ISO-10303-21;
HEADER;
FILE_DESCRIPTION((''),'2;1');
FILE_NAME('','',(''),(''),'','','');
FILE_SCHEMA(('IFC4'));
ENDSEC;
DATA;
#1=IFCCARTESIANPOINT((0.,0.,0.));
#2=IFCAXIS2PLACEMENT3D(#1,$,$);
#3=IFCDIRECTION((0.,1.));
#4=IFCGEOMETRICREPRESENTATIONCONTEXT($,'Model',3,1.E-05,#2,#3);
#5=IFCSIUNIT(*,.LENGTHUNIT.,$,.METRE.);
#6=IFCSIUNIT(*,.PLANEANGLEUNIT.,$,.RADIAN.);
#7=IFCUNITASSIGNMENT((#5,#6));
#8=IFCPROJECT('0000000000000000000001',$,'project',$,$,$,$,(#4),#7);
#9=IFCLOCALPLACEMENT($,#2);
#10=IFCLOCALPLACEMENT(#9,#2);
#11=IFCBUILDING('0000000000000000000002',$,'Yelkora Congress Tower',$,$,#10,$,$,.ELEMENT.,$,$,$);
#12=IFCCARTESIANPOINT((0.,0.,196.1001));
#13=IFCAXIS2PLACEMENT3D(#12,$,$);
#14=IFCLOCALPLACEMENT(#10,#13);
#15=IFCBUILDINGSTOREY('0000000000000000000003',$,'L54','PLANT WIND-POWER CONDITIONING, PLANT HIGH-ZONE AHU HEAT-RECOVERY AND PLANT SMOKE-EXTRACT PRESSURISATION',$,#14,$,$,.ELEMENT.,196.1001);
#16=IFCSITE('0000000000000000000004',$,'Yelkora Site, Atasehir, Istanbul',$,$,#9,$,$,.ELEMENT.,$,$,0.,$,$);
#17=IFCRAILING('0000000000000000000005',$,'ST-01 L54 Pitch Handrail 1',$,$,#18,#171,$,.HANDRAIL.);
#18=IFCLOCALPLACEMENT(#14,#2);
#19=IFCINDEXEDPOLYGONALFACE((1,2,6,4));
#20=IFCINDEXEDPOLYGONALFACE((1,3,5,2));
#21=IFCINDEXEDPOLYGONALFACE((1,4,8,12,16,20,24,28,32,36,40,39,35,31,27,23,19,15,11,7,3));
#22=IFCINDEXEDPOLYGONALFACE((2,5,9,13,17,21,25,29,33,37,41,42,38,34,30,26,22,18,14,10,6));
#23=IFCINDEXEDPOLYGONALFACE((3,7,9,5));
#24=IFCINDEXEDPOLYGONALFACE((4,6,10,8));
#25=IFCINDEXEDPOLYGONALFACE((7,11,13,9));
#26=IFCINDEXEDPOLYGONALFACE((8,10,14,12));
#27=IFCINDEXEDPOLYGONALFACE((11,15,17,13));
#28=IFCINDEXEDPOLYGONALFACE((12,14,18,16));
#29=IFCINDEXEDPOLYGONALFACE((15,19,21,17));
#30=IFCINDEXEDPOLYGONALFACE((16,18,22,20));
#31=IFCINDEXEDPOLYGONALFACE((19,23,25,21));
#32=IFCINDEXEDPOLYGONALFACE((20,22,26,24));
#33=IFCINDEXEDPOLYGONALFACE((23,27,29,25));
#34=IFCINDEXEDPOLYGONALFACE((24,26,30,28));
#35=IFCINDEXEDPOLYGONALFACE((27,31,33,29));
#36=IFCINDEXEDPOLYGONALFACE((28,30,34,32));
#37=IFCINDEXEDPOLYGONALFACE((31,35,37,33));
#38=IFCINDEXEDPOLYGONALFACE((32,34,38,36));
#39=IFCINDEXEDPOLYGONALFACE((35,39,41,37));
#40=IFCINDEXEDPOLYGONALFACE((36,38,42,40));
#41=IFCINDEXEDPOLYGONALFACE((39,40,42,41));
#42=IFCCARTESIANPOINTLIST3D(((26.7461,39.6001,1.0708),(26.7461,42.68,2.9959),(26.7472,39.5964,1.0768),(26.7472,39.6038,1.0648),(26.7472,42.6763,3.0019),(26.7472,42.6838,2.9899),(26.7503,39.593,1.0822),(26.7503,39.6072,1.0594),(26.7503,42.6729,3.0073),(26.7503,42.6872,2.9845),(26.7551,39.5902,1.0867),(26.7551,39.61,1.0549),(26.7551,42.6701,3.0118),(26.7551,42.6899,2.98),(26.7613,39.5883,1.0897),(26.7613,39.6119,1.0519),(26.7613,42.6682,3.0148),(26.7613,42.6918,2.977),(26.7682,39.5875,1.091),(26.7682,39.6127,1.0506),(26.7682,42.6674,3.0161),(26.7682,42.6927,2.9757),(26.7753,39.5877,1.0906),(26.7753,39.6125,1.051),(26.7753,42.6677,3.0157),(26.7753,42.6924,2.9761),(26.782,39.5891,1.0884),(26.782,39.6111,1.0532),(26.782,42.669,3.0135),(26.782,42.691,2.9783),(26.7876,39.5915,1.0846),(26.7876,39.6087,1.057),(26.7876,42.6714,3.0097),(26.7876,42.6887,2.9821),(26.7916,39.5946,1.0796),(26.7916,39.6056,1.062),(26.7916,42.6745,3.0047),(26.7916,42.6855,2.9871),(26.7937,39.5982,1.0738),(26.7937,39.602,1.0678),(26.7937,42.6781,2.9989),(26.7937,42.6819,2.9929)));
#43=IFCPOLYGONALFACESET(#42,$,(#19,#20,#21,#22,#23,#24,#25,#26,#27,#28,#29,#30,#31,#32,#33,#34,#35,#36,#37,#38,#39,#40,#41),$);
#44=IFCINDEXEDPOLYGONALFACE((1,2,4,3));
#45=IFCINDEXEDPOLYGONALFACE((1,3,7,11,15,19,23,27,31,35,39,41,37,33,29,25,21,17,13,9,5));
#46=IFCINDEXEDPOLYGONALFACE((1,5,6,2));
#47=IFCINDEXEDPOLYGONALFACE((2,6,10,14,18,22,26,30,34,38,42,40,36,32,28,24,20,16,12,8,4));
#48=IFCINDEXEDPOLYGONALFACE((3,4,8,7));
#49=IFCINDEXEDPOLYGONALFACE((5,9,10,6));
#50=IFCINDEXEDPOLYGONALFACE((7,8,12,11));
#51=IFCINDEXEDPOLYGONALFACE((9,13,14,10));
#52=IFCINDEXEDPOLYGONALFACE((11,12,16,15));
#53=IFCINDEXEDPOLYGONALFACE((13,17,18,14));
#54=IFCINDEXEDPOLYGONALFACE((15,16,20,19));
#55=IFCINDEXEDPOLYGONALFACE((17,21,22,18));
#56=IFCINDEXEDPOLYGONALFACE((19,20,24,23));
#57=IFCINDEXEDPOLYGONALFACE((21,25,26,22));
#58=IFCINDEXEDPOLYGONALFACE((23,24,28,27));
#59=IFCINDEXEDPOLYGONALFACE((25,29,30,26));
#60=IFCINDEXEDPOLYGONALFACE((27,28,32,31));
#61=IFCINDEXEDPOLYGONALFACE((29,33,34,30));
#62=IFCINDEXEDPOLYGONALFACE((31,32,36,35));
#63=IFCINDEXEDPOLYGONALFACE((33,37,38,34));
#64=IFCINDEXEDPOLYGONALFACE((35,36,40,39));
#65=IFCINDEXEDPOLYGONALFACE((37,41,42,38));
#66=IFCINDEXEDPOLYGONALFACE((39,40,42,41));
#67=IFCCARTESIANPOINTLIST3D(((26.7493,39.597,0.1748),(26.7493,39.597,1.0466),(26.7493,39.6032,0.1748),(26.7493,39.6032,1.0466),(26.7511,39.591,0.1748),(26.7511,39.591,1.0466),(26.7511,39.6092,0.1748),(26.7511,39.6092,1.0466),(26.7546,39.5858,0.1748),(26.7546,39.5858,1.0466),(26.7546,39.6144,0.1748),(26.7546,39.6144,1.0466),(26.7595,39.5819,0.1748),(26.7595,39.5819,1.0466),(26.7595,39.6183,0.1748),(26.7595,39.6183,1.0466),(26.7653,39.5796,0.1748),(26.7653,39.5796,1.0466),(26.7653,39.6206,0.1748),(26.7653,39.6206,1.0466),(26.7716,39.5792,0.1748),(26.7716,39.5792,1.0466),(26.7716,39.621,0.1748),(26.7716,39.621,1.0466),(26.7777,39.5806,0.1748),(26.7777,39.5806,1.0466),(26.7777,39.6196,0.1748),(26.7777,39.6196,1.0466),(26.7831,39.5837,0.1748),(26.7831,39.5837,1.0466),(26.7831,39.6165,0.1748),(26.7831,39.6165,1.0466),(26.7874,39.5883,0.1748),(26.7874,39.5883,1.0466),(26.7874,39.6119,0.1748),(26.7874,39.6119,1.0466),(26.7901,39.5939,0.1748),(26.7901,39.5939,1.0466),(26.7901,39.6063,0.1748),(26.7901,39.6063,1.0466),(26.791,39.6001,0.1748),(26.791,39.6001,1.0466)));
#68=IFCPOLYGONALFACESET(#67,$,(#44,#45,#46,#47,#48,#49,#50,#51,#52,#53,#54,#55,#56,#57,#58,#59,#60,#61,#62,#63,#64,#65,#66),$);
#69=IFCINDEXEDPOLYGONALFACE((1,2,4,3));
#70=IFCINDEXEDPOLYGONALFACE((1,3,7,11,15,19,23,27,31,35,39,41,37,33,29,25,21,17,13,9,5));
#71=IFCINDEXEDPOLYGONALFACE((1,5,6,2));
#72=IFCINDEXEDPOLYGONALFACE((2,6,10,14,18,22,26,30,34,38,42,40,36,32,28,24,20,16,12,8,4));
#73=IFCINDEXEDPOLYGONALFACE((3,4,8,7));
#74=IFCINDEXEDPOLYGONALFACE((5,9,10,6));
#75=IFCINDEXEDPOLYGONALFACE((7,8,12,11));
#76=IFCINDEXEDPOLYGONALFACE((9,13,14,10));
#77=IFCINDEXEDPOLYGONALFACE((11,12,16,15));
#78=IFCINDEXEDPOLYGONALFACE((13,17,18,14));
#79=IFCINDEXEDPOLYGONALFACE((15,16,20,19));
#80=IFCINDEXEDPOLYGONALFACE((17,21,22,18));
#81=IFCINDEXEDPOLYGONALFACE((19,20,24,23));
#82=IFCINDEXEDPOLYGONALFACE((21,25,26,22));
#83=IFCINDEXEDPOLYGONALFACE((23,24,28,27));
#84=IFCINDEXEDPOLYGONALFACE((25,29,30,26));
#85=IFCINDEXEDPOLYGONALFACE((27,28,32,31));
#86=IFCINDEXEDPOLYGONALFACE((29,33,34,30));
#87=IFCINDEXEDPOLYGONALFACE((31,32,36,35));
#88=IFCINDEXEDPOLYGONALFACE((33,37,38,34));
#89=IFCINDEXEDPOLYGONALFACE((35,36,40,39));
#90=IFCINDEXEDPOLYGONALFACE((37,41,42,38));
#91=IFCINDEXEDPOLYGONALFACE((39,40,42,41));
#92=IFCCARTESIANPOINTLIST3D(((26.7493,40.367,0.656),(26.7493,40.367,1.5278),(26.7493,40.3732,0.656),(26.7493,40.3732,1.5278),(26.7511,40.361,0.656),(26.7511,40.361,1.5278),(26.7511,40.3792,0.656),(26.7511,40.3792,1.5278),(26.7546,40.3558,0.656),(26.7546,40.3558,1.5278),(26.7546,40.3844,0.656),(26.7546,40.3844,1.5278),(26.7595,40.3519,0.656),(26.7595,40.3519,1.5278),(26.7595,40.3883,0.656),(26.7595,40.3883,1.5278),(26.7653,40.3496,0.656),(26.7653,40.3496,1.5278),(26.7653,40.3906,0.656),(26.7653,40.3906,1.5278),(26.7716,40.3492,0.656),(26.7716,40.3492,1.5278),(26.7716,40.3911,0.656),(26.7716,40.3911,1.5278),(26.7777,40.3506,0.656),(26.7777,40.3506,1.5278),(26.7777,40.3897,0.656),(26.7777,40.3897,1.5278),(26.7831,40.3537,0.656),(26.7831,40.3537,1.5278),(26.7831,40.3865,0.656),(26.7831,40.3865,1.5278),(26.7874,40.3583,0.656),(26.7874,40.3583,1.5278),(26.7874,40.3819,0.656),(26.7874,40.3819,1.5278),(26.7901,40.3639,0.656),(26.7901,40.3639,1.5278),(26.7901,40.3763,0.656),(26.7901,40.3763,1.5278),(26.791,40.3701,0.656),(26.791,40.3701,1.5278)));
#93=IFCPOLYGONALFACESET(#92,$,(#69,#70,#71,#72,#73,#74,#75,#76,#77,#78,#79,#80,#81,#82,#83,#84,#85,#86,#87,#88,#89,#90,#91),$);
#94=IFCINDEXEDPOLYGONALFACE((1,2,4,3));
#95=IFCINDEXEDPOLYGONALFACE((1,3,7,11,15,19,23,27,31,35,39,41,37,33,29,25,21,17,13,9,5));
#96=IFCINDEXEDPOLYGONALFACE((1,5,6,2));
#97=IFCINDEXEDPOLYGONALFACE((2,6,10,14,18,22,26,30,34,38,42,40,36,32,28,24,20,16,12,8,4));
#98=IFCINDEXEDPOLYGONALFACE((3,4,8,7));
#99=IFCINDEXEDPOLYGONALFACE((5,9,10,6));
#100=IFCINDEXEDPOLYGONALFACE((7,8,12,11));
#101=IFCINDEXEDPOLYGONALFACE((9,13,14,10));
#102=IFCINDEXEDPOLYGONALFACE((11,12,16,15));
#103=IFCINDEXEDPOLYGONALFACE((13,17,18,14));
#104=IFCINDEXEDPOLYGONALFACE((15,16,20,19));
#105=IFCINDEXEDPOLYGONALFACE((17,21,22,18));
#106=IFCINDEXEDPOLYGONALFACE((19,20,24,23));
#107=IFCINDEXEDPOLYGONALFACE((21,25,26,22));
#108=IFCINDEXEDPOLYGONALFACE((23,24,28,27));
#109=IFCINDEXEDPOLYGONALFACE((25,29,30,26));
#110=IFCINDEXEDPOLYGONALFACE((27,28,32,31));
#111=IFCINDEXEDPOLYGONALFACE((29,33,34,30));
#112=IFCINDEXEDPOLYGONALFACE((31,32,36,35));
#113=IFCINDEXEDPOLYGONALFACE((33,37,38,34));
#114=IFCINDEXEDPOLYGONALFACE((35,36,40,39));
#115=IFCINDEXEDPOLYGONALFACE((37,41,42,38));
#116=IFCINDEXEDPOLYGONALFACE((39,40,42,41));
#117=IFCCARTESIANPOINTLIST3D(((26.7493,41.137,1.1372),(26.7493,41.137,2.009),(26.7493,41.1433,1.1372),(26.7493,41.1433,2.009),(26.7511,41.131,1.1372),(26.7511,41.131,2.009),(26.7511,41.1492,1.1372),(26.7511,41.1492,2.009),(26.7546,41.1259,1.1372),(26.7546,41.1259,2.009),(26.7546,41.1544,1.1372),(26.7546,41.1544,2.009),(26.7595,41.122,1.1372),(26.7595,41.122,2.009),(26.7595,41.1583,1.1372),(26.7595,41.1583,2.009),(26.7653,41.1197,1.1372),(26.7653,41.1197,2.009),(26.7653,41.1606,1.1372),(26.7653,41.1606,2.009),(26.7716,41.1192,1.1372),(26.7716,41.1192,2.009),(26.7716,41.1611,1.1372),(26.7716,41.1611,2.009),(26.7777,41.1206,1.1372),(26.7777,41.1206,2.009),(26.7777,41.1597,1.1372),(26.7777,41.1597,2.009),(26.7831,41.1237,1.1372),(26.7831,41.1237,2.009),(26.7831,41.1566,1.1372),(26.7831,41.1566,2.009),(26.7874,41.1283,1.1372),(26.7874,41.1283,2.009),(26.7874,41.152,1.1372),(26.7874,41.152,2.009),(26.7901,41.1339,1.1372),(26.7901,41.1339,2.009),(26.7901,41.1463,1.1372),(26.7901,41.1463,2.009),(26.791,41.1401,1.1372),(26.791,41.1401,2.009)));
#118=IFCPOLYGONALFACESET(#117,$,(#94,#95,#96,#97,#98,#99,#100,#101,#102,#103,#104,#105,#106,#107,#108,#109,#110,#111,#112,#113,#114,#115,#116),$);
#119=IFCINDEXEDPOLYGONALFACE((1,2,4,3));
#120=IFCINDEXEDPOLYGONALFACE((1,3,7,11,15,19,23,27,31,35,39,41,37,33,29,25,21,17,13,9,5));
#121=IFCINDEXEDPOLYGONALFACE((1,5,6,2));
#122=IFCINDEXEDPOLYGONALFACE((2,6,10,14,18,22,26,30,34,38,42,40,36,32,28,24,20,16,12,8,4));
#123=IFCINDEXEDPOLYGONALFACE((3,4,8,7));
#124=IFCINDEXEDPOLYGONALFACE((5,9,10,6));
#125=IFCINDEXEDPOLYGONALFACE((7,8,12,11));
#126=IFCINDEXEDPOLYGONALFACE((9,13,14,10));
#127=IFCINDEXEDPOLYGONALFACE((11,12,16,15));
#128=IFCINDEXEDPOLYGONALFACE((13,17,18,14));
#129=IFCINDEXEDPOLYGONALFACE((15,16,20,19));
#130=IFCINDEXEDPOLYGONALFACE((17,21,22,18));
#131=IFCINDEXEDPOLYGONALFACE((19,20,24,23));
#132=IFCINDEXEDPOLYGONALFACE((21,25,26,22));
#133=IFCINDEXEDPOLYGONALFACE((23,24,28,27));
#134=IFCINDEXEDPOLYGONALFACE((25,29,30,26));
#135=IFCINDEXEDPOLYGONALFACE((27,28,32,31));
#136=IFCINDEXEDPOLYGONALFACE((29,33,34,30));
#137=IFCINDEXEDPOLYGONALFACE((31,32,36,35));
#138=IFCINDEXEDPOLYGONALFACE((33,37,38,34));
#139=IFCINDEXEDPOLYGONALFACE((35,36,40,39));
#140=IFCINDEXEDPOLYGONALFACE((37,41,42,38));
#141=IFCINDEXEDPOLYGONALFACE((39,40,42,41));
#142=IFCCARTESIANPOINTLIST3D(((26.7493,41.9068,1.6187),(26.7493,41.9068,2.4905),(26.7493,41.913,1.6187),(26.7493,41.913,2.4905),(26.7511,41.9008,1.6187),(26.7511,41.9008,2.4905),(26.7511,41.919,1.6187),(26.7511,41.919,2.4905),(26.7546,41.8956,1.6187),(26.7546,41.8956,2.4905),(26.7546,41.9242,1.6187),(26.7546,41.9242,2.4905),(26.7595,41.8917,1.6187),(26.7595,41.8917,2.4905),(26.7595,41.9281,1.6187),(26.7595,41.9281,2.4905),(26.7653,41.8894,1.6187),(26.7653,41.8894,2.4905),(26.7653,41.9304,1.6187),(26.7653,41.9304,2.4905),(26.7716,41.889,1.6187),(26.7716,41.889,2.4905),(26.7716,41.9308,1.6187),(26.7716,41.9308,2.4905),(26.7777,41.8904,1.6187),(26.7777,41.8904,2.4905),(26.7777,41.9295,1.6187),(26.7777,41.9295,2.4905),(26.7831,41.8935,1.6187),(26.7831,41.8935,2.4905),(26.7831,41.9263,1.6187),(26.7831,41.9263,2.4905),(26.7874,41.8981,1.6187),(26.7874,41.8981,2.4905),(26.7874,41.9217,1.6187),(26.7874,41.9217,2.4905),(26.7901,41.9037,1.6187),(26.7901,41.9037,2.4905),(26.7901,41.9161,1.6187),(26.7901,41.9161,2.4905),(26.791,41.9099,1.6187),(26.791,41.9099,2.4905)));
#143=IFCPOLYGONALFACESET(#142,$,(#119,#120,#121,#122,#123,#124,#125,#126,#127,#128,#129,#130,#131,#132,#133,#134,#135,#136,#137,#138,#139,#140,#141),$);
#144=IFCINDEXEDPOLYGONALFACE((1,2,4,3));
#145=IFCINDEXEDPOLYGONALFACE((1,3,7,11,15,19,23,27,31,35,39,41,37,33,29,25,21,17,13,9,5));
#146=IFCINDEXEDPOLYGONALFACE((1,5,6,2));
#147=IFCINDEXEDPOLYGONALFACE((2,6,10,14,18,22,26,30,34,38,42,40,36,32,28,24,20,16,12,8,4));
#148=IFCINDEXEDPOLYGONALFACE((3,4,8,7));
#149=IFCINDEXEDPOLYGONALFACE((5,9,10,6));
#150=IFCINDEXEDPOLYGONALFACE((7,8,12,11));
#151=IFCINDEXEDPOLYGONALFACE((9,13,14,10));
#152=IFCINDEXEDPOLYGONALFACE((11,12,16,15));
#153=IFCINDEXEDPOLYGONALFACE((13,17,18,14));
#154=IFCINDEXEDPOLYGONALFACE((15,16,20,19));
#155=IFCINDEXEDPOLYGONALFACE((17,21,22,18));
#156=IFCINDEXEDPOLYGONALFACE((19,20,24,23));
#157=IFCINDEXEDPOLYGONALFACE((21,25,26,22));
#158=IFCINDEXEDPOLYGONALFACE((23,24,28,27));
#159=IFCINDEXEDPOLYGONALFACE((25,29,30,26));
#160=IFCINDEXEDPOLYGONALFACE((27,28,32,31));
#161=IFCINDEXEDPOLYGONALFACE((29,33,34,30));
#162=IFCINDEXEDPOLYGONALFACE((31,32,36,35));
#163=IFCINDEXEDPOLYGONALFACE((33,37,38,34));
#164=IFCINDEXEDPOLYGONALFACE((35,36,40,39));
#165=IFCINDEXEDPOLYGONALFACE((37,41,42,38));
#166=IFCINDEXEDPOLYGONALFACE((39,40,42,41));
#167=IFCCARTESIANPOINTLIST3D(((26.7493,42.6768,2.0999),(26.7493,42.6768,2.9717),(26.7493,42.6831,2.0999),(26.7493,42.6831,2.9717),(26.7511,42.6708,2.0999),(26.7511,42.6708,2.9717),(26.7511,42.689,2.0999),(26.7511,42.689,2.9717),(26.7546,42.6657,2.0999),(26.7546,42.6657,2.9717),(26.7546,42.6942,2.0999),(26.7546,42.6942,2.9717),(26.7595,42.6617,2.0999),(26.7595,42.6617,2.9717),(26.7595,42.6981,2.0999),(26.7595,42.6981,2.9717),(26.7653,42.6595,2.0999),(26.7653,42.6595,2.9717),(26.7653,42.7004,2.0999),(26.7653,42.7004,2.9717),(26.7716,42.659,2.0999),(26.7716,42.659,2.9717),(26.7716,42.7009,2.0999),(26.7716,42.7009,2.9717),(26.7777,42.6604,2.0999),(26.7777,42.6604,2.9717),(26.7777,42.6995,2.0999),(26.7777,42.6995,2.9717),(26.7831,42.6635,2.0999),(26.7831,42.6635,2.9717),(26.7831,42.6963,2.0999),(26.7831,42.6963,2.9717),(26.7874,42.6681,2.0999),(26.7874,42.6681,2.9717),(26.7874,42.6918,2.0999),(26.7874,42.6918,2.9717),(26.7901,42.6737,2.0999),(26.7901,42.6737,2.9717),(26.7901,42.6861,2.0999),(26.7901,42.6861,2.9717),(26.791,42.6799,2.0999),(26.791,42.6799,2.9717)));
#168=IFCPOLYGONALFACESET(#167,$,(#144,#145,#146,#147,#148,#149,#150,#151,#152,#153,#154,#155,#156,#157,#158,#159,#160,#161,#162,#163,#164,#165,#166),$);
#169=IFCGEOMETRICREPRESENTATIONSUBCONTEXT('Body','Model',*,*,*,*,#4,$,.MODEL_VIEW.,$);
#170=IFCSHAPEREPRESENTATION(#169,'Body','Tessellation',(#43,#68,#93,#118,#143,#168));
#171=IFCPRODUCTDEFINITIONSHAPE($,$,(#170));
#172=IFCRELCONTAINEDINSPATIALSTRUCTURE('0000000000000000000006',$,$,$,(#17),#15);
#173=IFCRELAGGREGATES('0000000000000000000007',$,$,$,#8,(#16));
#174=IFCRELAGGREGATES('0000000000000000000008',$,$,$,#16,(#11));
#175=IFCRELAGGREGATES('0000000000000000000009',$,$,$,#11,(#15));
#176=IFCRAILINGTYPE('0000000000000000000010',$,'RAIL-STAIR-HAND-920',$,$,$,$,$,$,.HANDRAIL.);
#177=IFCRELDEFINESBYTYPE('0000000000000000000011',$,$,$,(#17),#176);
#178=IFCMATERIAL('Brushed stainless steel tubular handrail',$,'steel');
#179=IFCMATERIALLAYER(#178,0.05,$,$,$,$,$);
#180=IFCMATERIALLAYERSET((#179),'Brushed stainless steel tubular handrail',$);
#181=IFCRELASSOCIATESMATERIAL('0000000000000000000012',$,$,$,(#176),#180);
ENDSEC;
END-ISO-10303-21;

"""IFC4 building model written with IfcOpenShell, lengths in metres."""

from ifc_helpers import new_model, si_unit, direction, frame, origin, origin_2d, place, context, subcontext, project, spatial, circle, extrude, material, layer, layer_set, type_object, element, save


model = new_model("IFC4")

# Units and contexts
model_context = context("Model", 3, precision=1e-05, world=origin(), true_north=direction((0.0, 1.0)))
body_context = subcontext(model_context, "Body", "Model", "MODEL_VIEW")
ifc_project = project(units=[si_unit("LENGTHUNIT", "METRE"), si_unit("PLANEANGLEUNIT", "RADIAN")], contexts=[model_context])

# Site, building, storey
site_placement = place(None, origin())
site = spatial("IfcSite", under=ifc_project, at=site_placement, Name="Yelkora Site, Atasehir, Istanbul", CompositionType="ELEMENT", RefElevation=0.0)
building_placement = place(site_placement, origin())
building = spatial("IfcBuilding", under=site, at=building_placement, Name="Yelkora Congress Tower", CompositionType="ELEMENT")
storey_placement = place(building_placement, frame((0.0, 0.0, 196.1001)))
storey = spatial("IfcBuildingStorey", under=building, at=storey_placement, Name="L54", Description="PLANT WIND-POWER CONDITIONING, PLANT HIGH-ZONE AHU HEAT-RECOVERY AND PLANT SMOKE-EXTRACT PRESSURISATION", CompositionType="ELEMENT", Elevation=196.1001)

# Railing
ifc_material_1 = material(Name="Brushed stainless steel tubular handrail", Category="steel")
ifc_layer_1 = layer(ifc_material_1, 0.05)
ifc_layer_set_1 = layer_set([ifc_layer_1], Name="Brushed stainless steel tubular handrail")
railing_type_1 = type_object("IfcRailingType", Name="RAIL-STAIR-HAND-920", PredefinedType="HANDRAIL", material=ifc_layer_set_1)
railing_1_placement = place(storey_placement, frame((26.77, 39.6001, 0.1748)))
element("IfcRailing", 1, at=railing_1_placement, inside=storey, type_object=railing_type_1, Name="ST-01 L54 Pitch Handrail 1", PredefinedType="HANDRAIL", context=body_context, shape_type="SweptSolid", body=[
    extrude(circle(Radius=0.0239, at=origin_2d()), frame((0.0, 0.0, 0.896), z_axis=(0.0, 0.847979, 0.530029), x_axis=(-1.0, 0.0, 0.0)), (0.0, 0.0, 1.0), 3.6321),
    extrude(circle(Radius=0.021, at=origin_2d()), origin(), (0.0, 0.0, 1.0), 0.8718),
    extrude(circle(Radius=0.021, at=origin_2d()), frame((0.0, 0.77, 0.4812)), (0.0, 0.0, 1.0), 0.8718),
    extrude(circle(Radius=0.021, at=origin_2d()), frame((0.0, 1.54, 0.9624)), (0.0, 0.0, 1.0), 0.8718),
    extrude(circle(Radius=0.021, at=origin_2d()), frame((0.0, 2.3098, 1.4438)), (0.0, 0.0, 1.0), 0.8718),
    extrude(circle(Radius=0.021, at=origin_2d()), frame((0.0, 3.0798, 1.925)), (0.0, 0.0, 1.0), 0.8718),
])

save(model, "model.ifc")
